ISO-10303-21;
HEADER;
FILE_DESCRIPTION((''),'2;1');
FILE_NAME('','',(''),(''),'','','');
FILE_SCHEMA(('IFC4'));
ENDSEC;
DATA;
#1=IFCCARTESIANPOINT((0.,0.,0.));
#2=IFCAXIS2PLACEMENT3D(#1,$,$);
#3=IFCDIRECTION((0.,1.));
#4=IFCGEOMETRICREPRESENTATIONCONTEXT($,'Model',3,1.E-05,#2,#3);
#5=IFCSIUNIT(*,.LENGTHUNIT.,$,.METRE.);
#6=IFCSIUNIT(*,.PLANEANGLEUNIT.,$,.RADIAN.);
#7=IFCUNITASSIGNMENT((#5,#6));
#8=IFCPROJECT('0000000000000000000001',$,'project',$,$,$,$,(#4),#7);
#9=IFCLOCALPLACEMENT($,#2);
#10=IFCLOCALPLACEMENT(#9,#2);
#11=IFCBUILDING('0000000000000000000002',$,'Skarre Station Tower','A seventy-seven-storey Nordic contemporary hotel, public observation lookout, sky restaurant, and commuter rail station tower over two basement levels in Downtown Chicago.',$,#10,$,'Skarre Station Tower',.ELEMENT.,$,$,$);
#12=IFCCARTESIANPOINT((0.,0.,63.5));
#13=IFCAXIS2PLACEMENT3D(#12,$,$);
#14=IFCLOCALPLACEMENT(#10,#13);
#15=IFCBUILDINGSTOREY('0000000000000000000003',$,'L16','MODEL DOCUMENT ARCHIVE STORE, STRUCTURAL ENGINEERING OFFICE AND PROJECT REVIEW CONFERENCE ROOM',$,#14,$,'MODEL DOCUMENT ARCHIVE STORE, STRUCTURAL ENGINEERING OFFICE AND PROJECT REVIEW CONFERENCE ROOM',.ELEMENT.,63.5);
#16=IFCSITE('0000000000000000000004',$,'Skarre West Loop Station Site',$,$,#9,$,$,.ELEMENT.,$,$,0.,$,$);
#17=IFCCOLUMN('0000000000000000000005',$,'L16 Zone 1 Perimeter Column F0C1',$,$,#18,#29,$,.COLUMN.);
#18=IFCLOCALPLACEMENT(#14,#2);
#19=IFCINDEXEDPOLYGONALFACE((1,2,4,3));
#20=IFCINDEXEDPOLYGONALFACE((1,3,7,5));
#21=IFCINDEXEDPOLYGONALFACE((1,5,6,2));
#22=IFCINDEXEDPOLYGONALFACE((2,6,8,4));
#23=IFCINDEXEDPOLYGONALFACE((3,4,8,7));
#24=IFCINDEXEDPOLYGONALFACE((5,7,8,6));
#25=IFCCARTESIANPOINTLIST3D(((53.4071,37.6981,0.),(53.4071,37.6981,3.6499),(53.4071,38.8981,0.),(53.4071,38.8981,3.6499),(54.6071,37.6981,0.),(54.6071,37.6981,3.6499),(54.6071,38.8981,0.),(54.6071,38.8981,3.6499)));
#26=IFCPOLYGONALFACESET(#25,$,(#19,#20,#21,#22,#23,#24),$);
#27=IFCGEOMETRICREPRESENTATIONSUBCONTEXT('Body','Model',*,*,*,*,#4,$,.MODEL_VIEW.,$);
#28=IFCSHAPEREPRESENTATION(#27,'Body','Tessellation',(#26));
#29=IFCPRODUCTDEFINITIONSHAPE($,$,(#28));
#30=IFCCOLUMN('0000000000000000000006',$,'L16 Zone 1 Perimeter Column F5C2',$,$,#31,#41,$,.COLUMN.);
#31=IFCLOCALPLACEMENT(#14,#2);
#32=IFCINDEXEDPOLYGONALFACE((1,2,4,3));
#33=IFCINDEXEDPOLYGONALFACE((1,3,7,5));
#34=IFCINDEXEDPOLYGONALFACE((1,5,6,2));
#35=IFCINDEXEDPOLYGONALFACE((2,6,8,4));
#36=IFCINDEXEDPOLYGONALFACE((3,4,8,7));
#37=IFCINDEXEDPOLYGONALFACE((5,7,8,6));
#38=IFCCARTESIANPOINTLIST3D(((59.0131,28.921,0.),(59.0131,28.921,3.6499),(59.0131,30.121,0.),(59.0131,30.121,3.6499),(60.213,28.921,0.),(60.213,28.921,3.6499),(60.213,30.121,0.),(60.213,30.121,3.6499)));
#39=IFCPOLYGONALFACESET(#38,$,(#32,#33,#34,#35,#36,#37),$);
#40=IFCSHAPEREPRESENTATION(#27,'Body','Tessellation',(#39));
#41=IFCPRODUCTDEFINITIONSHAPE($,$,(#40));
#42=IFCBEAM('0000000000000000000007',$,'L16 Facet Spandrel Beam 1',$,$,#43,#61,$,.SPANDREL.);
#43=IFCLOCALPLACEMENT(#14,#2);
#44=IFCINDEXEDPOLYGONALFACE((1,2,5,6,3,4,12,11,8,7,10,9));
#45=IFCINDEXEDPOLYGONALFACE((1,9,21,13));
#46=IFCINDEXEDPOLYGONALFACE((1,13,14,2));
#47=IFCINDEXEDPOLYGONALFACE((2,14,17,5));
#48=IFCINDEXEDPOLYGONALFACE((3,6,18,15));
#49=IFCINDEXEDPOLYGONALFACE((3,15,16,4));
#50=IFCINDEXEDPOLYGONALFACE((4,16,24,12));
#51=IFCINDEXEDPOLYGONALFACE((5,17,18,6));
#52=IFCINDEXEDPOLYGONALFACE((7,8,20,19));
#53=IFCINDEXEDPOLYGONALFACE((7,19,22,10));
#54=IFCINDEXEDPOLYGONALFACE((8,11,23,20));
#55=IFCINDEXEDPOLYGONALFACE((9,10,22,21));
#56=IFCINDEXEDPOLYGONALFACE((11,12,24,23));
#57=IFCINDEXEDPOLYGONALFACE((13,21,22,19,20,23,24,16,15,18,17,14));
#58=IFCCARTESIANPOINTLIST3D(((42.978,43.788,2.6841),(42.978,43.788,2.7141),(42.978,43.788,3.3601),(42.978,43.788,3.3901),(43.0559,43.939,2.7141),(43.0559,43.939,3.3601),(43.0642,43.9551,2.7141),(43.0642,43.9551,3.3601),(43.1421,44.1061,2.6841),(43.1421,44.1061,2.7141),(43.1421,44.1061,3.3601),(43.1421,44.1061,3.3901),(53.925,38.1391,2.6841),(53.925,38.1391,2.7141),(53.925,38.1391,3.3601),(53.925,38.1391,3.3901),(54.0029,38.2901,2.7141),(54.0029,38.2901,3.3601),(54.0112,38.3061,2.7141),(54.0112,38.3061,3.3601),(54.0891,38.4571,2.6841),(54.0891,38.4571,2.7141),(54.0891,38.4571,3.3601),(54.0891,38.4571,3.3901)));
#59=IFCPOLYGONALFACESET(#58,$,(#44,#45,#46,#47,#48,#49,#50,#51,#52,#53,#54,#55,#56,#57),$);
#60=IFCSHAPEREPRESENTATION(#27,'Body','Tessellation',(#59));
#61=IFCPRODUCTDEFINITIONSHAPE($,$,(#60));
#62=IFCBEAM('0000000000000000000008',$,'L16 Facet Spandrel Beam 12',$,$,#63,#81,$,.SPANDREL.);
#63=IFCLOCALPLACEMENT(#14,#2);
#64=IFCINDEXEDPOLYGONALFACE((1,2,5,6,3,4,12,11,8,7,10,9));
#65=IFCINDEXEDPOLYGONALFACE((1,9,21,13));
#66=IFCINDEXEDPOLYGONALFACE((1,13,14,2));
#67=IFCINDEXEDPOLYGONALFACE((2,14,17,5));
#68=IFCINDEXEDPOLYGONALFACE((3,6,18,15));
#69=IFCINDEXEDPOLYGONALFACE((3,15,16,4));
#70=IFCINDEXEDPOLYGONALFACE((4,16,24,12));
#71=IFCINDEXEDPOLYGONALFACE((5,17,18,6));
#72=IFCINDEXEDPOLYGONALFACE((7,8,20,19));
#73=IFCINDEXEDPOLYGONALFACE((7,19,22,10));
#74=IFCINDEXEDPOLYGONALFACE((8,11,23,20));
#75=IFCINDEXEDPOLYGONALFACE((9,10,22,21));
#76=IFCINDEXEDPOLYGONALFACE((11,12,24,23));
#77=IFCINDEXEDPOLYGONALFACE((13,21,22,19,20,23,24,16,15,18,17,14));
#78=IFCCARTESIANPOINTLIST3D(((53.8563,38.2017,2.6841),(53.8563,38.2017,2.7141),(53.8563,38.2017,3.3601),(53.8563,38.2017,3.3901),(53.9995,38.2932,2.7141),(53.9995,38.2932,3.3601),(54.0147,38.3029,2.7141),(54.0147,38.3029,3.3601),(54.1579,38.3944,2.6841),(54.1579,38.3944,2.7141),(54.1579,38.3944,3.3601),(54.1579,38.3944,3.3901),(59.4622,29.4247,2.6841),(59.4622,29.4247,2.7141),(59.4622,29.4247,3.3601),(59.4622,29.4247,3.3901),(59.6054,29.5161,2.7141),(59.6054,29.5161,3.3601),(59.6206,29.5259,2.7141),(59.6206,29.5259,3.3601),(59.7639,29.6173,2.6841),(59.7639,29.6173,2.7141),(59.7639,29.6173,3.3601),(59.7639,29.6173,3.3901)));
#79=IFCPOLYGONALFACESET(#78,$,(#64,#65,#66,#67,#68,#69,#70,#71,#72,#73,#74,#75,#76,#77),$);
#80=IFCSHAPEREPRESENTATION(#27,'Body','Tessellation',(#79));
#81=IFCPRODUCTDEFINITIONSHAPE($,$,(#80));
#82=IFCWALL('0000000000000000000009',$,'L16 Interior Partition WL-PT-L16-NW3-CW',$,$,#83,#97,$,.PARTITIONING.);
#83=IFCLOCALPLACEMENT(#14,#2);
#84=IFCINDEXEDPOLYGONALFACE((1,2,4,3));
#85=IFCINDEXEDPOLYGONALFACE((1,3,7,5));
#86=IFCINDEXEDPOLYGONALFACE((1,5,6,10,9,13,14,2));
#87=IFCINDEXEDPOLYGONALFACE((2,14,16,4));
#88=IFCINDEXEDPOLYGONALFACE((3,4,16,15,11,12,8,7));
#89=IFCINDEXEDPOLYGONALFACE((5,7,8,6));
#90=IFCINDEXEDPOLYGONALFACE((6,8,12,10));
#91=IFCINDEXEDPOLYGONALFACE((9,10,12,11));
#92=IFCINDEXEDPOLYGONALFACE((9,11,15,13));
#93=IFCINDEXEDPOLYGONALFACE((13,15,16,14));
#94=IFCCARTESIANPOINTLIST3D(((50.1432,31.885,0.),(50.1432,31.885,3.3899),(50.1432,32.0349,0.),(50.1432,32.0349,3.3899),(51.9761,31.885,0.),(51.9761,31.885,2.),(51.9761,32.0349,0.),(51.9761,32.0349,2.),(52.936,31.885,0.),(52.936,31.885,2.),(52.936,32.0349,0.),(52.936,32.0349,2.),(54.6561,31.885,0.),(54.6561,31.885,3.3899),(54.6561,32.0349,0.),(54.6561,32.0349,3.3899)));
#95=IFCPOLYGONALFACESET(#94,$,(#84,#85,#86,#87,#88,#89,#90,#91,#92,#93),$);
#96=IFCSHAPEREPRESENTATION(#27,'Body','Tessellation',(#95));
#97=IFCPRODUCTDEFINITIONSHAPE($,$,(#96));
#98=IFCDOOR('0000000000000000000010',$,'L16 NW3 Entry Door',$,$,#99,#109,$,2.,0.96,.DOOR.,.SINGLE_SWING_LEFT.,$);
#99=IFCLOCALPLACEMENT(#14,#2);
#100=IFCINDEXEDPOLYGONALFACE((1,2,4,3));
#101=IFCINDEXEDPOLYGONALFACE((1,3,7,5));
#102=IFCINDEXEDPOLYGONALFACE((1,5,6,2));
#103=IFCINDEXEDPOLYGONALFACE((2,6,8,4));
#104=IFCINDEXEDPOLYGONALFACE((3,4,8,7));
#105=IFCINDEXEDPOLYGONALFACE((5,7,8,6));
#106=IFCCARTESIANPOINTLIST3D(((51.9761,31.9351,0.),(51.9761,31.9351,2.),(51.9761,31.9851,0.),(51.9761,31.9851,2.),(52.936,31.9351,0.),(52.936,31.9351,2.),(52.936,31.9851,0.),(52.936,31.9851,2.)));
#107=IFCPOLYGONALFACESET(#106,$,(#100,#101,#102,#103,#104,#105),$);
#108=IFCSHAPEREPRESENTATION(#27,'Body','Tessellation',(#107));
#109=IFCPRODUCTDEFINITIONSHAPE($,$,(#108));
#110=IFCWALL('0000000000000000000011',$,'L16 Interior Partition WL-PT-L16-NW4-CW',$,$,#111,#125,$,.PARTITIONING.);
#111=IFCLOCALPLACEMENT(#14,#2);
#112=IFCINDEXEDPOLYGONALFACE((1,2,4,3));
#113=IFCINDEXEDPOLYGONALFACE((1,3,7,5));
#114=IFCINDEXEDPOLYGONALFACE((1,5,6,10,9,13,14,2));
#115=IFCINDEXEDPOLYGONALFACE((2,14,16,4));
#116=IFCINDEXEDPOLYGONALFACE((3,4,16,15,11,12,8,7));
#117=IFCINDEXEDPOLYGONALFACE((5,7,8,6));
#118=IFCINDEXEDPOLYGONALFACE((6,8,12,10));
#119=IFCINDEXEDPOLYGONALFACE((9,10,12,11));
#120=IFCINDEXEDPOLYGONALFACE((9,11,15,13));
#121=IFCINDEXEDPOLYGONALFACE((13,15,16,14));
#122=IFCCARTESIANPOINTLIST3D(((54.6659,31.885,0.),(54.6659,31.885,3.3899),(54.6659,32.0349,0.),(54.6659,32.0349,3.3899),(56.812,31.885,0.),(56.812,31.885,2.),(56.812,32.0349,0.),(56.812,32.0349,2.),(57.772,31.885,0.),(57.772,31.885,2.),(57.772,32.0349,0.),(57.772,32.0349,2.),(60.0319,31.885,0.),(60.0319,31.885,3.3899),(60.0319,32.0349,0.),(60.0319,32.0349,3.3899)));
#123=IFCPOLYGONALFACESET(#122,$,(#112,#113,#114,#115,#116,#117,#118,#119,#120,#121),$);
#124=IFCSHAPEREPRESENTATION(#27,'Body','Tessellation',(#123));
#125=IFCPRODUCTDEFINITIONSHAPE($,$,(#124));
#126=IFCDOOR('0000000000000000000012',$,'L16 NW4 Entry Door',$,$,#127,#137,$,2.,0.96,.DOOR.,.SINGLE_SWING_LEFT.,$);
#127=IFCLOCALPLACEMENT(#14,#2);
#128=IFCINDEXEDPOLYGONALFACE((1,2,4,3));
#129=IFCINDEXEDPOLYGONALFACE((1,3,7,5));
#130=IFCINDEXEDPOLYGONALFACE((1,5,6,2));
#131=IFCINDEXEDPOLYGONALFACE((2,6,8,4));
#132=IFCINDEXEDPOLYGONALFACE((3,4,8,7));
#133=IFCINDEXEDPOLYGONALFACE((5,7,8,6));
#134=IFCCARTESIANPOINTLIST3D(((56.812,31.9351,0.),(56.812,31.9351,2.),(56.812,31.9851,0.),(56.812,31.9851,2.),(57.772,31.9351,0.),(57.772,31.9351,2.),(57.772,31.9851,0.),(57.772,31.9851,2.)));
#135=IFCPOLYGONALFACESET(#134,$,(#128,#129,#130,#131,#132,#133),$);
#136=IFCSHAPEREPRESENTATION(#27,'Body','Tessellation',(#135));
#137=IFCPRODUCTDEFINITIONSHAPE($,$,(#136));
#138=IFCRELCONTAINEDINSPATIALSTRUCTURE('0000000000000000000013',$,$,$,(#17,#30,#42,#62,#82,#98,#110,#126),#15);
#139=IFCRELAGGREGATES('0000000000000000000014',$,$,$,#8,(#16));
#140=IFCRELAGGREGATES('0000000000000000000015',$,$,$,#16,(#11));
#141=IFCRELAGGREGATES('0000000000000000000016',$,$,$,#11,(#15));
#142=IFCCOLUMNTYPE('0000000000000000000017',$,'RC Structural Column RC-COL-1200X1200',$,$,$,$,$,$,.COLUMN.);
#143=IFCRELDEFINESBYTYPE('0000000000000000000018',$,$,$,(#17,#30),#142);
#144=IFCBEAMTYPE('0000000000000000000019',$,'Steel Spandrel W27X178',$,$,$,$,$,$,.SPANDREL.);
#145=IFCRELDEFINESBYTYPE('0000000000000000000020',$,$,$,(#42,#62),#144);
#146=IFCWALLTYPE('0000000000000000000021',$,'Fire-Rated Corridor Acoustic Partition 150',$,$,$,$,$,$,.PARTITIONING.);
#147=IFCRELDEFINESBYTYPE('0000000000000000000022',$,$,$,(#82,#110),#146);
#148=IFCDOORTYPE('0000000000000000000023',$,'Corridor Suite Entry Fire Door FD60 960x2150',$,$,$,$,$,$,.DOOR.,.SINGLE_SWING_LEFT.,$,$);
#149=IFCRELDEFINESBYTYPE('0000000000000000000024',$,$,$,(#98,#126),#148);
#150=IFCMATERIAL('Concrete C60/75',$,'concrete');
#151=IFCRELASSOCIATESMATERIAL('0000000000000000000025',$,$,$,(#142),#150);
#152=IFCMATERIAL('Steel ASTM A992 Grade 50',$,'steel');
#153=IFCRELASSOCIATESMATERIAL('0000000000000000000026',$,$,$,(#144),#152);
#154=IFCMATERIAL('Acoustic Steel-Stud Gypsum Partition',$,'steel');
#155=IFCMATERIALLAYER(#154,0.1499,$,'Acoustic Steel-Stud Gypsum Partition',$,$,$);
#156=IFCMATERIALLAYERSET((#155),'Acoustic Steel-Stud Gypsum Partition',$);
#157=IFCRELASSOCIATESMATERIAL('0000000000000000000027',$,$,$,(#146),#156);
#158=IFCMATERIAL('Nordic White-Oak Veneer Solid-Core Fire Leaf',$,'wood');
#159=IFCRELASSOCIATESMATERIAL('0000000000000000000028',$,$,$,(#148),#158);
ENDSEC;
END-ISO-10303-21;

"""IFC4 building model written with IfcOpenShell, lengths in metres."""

from ifc_helpers import new_model, si_unit, direction, frame, frame_2d, origin, origin_2d, place, context, subcontext, project, spatial, rectangle, i_section, extrude, material, layer, layer_set, material_profile, profile_set, type_object, element, fill, save


model = new_model("IFC4")

# Units and contexts
model_context = context("Model", 3, precision=1e-05, world=origin(), true_north=direction((0.0, 1.0)))
body_context = subcontext(model_context, "Body", "Model", "MODEL_VIEW")
ifc_project = project(units=[si_unit("LENGTHUNIT", "METRE"), si_unit("PLANEANGLEUNIT", "RADIAN")], contexts=[model_context])

# Site, building, storey
site_placement = place(None, origin())
site = spatial("IfcSite", under=ifc_project, at=site_placement, Name="Skarre West Loop Station Site", CompositionType="ELEMENT", RefElevation=0.0)
building_placement = place(site_placement, origin())
building = spatial("IfcBuilding", under=site, at=building_placement, Name="Skarre Station Tower", Description="A seventy-seven-storey Nordic contemporary hotel, public observation lookout, sky restaurant, and commuter rail station tower over two basement levels in Downtown Chicago.", LongName="Skarre Station Tower", CompositionType="ELEMENT")
storey_placement = place(building_placement, frame((0.0, 0.0, 63.5)))
storey = spatial("IfcBuildingStorey", under=building, at=storey_placement, Name="L16", Description="MODEL DOCUMENT ARCHIVE STORE, STRUCTURAL ENGINEERING OFFICE AND PROJECT REVIEW CONFERENCE ROOM", LongName="MODEL DOCUMENT ARCHIVE STORE, STRUCTURAL ENGINEERING OFFICE AND PROJECT REVIEW CONFERENCE ROOM", CompositionType="ELEMENT", Elevation=63.5)

# Columns
ifc_material_1 = material(Name="Concrete C60/75", Category="concrete")
ifc_material_profile_1 = material_profile(ifc_material_1, rectangle(XDim=1.2, YDim=1.2, at=origin_2d()), Name="Concrete C60/75")
ifc_profile_set_1 = profile_set([ifc_material_profile_1], Name="Concrete C60/75")
column_type = type_object("IfcColumnType", Name="RC Structural Column RC-COL-1200X1200", PredefinedType="COLUMN", material=ifc_profile_set_1)
for number, where, z_axis, x_axis, name in (
    (1, (54.0071, 38.2981, 0.0), (0.0, 0.0, 1.0), (1.0, 0.0, 0.0), "L16 Zone 1 Perimeter Column F0C1"),
    (2, (59.613, 29.521, 0.0), (0.0, 0.0, 1.0), (1.0, 0.0, 0.0), "L16 Zone 1 Perimeter Column F5C2"),
):
    element("IfcColumn", number, at=place(storey_placement, frame(where, z_axis=z_axis, x_axis=x_axis)), inside=storey, type_object=column_type, Name=name, PredefinedType="COLUMN", context=body_context, shape_type="SweptSolid", body=[
        extrude(rectangle(XDim=1.2, YDim=1.2, at=origin_2d()), origin(), (0.0, 0.0, 1.0), 3.6499),
    ])

# Beams
ifc_material_2 = material(Name="Steel ASTM A992 Grade 50", Category="steel")
ifc_material_profile_2 = material_profile(ifc_material_2, i_section(OverallWidth=0.3579, OverallDepth=0.7061, WebThickness=0.0181, FlangeThickness=0.03, at=origin_2d()), Name="Steel ASTM A992 Grade 50")
ifc_profile_set_2 = profile_set([ifc_material_profile_2], Name="Steel ASTM A992 Grade 50")
beam_type = type_object("IfcBeamType", Name="Steel Spandrel W27X178", PredefinedType="SPANDREL", material=ifc_profile_set_2)
beam_1_placement = place(storey_placement, frame((54.0071, 38.2981, 3.0371), z_axis=(-0.888659, 0.458569, 0.0), x_axis=(-0.458569, -0.888659, 0.0)))
element("IfcBeam", 3, at=beam_1_placement, inside=storey, type_object=beam_type, Name="L16 Facet Spandrel Beam 1", PredefinedType="SPANDREL", context=body_context, shape_type="SweptSolid", body=[
    extrude(i_section(OverallWidth=0.3579, OverallDepth=0.7061, WebThickness=0.0181, FlangeThickness=0.03, at=origin_2d()), origin(), (0.0, 0.0, 1.0), 12.3186),
])
beam_2_placement = place(storey_placement, frame((59.613, 29.521, 3.0371), z_axis=(-0.538278, 0.842767, 0.0), x_axis=(-0.842767, -0.538278, 0.0)))
element("IfcBeam", 4, at=beam_2_placement, inside=storey, type_object=beam_type, Name="L16 Facet Spandrel Beam 12", PredefinedType="SPANDREL", context=body_context, shape_type="SweptSolid", body=[
    extrude(i_section(OverallWidth=0.3579, OverallDepth=0.7061, WebThickness=0.0181, FlangeThickness=0.03, at=origin_2d()), origin(), (0.0, 0.0, 1.0), 10.4146),
])

# Walls, openings, doors
ifc_material_3 = material(Name="Acoustic Steel-Stud Gypsum Partition", Category="steel")
ifc_layer_1 = layer(ifc_material_3, 0.1499, Name="Acoustic Steel-Stud Gypsum Partition")
ifc_layer_set_1 = layer_set([ifc_layer_1], Name="Acoustic Steel-Stud Gypsum Partition")
wall_type_1 = type_object("IfcWallType", Name="Fire-Rated Corridor Acoustic Partition 150", PredefinedType="PARTITIONING", material=ifc_layer_set_1)
wall_1_placement = place(storey_placement, frame((54.656, 31.96, 0.0), z_axis=(0.0, 0.0, 1.0), x_axis=(-1.0, 0.0, 0.0)))
wall_1 = element("IfcWall", 5, at=wall_1_placement, inside=storey, type_object=wall_type_1, Name="L16 Interior Partition WL-PT-L16-NW3-CW", PredefinedType="PARTITIONING", context=body_context, shape_type="SweptSolid", body=[
    extrude(rectangle(XDim=4.5129, YDim=0.1499, at=frame_2d((2.2563, 0.0))), origin(), (0.0, 0.0, 1.0), 3.3899),
])
opening_1_placement = place(wall_1_placement, frame((1.72, 0.0, 0.0)))
opening_1 = element("IfcOpeningElement", 6, at=opening_1_placement, cuts=wall_1, PredefinedType="OPENING", context=body_context, shape_type="SweptSolid", body=[
    extrude(rectangle(XDim=0.96, YDim=2.0, at=frame_2d((0.48, 1.0))), frame((0.0, 0.085, 0.0), z_axis=(0.0, -1.0, 0.0), x_axis=(1.0, 0.0, 0.0)), (0.0, 0.0, 1.0), 0.1699),
])
ifc_material_4 = material(Name="Nordic White-Oak Veneer Solid-Core Fire Leaf", Category="wood")
door_type_1 = type_object("IfcDoorType", Name="Corridor Suite Entry Fire Door FD60 960x2150", OperationType="SINGLE_SWING_LEFT", PredefinedType="DOOR", material=ifc_material_4)
door_1_placement = place(opening_1_placement, origin())
door_1 = element("IfcDoor", 7, at=door_1_placement, inside=storey, type_object=door_type_1, Name="L16 NW3 Entry Door", OperationType="SINGLE_SWING_LEFT", OverallHeight=2.0, OverallWidth=0.96, PredefinedType="DOOR", context=body_context, shape_type="SweptSolid", body=[
    extrude(rectangle(XDim=0.96, YDim=2.0, at=frame_2d((0.48, 1.0))), frame((0.0, 0.0249, 0.0), z_axis=(0.0, -1.0, 0.0), x_axis=(1.0, 0.0, 0.0)), (0.0, 0.0, 1.0), 0.05),
])
fill(opening_1, door_1)
wall_2_placement = place(storey_placement, frame((60.032, 31.96, 0.0), z_axis=(0.0, 0.0, 1.0), x_axis=(-1.0, 0.0, 0.0)))
wall_2 = element("IfcWall", 8, at=wall_2_placement, inside=storey, type_object=wall_type_1, Name="L16 Interior Partition WL-PT-L16-NW4-CW", PredefinedType="PARTITIONING", context=body_context, shape_type="SweptSolid", body=[
    extrude(rectangle(XDim=5.366, YDim=0.1499, at=frame_2d((2.6831, 0.0))), origin(), (0.0, 0.0, 1.0), 3.3899),
])
opening_2_placement = place(wall_2_placement, frame((2.26, 0.0, 0.0)))
opening_2 = element("IfcOpeningElement", 9, at=opening_2_placement, cuts=wall_2, PredefinedType="OPENING", context=body_context, shape_type="SweptSolid", body=[
    extrude(rectangle(XDim=0.96, YDim=2.0, at=frame_2d((0.48, 1.0))), frame((0.0, 0.085, 0.0), z_axis=(0.0, -1.0, 0.0), x_axis=(1.0, 0.0, 0.0)), (0.0, 0.0, 1.0), 0.1699),
])
door_2_placement = place(opening_2_placement, origin())
door_2 = element("IfcDoor", 10, at=door_2_placement, inside=storey, type_object=door_type_1, Name="L16 NW4 Entry Door", OperationType="SINGLE_SWING_LEFT", OverallHeight=2.0, OverallWidth=0.96, PredefinedType="DOOR", context=body_context, shape_type="SweptSolid", body=[
    extrude(rectangle(XDim=0.96, YDim=2.0, at=frame_2d((0.48, 1.0))), frame((0.0, 0.0249, 0.0), z_axis=(0.0, -1.0, 0.0), x_axis=(1.0, 0.0, 0.0)), (0.0, 0.0, 1.0), 0.05),
])
fill(opening_2, door_2)

save(model, "model.ifc")
